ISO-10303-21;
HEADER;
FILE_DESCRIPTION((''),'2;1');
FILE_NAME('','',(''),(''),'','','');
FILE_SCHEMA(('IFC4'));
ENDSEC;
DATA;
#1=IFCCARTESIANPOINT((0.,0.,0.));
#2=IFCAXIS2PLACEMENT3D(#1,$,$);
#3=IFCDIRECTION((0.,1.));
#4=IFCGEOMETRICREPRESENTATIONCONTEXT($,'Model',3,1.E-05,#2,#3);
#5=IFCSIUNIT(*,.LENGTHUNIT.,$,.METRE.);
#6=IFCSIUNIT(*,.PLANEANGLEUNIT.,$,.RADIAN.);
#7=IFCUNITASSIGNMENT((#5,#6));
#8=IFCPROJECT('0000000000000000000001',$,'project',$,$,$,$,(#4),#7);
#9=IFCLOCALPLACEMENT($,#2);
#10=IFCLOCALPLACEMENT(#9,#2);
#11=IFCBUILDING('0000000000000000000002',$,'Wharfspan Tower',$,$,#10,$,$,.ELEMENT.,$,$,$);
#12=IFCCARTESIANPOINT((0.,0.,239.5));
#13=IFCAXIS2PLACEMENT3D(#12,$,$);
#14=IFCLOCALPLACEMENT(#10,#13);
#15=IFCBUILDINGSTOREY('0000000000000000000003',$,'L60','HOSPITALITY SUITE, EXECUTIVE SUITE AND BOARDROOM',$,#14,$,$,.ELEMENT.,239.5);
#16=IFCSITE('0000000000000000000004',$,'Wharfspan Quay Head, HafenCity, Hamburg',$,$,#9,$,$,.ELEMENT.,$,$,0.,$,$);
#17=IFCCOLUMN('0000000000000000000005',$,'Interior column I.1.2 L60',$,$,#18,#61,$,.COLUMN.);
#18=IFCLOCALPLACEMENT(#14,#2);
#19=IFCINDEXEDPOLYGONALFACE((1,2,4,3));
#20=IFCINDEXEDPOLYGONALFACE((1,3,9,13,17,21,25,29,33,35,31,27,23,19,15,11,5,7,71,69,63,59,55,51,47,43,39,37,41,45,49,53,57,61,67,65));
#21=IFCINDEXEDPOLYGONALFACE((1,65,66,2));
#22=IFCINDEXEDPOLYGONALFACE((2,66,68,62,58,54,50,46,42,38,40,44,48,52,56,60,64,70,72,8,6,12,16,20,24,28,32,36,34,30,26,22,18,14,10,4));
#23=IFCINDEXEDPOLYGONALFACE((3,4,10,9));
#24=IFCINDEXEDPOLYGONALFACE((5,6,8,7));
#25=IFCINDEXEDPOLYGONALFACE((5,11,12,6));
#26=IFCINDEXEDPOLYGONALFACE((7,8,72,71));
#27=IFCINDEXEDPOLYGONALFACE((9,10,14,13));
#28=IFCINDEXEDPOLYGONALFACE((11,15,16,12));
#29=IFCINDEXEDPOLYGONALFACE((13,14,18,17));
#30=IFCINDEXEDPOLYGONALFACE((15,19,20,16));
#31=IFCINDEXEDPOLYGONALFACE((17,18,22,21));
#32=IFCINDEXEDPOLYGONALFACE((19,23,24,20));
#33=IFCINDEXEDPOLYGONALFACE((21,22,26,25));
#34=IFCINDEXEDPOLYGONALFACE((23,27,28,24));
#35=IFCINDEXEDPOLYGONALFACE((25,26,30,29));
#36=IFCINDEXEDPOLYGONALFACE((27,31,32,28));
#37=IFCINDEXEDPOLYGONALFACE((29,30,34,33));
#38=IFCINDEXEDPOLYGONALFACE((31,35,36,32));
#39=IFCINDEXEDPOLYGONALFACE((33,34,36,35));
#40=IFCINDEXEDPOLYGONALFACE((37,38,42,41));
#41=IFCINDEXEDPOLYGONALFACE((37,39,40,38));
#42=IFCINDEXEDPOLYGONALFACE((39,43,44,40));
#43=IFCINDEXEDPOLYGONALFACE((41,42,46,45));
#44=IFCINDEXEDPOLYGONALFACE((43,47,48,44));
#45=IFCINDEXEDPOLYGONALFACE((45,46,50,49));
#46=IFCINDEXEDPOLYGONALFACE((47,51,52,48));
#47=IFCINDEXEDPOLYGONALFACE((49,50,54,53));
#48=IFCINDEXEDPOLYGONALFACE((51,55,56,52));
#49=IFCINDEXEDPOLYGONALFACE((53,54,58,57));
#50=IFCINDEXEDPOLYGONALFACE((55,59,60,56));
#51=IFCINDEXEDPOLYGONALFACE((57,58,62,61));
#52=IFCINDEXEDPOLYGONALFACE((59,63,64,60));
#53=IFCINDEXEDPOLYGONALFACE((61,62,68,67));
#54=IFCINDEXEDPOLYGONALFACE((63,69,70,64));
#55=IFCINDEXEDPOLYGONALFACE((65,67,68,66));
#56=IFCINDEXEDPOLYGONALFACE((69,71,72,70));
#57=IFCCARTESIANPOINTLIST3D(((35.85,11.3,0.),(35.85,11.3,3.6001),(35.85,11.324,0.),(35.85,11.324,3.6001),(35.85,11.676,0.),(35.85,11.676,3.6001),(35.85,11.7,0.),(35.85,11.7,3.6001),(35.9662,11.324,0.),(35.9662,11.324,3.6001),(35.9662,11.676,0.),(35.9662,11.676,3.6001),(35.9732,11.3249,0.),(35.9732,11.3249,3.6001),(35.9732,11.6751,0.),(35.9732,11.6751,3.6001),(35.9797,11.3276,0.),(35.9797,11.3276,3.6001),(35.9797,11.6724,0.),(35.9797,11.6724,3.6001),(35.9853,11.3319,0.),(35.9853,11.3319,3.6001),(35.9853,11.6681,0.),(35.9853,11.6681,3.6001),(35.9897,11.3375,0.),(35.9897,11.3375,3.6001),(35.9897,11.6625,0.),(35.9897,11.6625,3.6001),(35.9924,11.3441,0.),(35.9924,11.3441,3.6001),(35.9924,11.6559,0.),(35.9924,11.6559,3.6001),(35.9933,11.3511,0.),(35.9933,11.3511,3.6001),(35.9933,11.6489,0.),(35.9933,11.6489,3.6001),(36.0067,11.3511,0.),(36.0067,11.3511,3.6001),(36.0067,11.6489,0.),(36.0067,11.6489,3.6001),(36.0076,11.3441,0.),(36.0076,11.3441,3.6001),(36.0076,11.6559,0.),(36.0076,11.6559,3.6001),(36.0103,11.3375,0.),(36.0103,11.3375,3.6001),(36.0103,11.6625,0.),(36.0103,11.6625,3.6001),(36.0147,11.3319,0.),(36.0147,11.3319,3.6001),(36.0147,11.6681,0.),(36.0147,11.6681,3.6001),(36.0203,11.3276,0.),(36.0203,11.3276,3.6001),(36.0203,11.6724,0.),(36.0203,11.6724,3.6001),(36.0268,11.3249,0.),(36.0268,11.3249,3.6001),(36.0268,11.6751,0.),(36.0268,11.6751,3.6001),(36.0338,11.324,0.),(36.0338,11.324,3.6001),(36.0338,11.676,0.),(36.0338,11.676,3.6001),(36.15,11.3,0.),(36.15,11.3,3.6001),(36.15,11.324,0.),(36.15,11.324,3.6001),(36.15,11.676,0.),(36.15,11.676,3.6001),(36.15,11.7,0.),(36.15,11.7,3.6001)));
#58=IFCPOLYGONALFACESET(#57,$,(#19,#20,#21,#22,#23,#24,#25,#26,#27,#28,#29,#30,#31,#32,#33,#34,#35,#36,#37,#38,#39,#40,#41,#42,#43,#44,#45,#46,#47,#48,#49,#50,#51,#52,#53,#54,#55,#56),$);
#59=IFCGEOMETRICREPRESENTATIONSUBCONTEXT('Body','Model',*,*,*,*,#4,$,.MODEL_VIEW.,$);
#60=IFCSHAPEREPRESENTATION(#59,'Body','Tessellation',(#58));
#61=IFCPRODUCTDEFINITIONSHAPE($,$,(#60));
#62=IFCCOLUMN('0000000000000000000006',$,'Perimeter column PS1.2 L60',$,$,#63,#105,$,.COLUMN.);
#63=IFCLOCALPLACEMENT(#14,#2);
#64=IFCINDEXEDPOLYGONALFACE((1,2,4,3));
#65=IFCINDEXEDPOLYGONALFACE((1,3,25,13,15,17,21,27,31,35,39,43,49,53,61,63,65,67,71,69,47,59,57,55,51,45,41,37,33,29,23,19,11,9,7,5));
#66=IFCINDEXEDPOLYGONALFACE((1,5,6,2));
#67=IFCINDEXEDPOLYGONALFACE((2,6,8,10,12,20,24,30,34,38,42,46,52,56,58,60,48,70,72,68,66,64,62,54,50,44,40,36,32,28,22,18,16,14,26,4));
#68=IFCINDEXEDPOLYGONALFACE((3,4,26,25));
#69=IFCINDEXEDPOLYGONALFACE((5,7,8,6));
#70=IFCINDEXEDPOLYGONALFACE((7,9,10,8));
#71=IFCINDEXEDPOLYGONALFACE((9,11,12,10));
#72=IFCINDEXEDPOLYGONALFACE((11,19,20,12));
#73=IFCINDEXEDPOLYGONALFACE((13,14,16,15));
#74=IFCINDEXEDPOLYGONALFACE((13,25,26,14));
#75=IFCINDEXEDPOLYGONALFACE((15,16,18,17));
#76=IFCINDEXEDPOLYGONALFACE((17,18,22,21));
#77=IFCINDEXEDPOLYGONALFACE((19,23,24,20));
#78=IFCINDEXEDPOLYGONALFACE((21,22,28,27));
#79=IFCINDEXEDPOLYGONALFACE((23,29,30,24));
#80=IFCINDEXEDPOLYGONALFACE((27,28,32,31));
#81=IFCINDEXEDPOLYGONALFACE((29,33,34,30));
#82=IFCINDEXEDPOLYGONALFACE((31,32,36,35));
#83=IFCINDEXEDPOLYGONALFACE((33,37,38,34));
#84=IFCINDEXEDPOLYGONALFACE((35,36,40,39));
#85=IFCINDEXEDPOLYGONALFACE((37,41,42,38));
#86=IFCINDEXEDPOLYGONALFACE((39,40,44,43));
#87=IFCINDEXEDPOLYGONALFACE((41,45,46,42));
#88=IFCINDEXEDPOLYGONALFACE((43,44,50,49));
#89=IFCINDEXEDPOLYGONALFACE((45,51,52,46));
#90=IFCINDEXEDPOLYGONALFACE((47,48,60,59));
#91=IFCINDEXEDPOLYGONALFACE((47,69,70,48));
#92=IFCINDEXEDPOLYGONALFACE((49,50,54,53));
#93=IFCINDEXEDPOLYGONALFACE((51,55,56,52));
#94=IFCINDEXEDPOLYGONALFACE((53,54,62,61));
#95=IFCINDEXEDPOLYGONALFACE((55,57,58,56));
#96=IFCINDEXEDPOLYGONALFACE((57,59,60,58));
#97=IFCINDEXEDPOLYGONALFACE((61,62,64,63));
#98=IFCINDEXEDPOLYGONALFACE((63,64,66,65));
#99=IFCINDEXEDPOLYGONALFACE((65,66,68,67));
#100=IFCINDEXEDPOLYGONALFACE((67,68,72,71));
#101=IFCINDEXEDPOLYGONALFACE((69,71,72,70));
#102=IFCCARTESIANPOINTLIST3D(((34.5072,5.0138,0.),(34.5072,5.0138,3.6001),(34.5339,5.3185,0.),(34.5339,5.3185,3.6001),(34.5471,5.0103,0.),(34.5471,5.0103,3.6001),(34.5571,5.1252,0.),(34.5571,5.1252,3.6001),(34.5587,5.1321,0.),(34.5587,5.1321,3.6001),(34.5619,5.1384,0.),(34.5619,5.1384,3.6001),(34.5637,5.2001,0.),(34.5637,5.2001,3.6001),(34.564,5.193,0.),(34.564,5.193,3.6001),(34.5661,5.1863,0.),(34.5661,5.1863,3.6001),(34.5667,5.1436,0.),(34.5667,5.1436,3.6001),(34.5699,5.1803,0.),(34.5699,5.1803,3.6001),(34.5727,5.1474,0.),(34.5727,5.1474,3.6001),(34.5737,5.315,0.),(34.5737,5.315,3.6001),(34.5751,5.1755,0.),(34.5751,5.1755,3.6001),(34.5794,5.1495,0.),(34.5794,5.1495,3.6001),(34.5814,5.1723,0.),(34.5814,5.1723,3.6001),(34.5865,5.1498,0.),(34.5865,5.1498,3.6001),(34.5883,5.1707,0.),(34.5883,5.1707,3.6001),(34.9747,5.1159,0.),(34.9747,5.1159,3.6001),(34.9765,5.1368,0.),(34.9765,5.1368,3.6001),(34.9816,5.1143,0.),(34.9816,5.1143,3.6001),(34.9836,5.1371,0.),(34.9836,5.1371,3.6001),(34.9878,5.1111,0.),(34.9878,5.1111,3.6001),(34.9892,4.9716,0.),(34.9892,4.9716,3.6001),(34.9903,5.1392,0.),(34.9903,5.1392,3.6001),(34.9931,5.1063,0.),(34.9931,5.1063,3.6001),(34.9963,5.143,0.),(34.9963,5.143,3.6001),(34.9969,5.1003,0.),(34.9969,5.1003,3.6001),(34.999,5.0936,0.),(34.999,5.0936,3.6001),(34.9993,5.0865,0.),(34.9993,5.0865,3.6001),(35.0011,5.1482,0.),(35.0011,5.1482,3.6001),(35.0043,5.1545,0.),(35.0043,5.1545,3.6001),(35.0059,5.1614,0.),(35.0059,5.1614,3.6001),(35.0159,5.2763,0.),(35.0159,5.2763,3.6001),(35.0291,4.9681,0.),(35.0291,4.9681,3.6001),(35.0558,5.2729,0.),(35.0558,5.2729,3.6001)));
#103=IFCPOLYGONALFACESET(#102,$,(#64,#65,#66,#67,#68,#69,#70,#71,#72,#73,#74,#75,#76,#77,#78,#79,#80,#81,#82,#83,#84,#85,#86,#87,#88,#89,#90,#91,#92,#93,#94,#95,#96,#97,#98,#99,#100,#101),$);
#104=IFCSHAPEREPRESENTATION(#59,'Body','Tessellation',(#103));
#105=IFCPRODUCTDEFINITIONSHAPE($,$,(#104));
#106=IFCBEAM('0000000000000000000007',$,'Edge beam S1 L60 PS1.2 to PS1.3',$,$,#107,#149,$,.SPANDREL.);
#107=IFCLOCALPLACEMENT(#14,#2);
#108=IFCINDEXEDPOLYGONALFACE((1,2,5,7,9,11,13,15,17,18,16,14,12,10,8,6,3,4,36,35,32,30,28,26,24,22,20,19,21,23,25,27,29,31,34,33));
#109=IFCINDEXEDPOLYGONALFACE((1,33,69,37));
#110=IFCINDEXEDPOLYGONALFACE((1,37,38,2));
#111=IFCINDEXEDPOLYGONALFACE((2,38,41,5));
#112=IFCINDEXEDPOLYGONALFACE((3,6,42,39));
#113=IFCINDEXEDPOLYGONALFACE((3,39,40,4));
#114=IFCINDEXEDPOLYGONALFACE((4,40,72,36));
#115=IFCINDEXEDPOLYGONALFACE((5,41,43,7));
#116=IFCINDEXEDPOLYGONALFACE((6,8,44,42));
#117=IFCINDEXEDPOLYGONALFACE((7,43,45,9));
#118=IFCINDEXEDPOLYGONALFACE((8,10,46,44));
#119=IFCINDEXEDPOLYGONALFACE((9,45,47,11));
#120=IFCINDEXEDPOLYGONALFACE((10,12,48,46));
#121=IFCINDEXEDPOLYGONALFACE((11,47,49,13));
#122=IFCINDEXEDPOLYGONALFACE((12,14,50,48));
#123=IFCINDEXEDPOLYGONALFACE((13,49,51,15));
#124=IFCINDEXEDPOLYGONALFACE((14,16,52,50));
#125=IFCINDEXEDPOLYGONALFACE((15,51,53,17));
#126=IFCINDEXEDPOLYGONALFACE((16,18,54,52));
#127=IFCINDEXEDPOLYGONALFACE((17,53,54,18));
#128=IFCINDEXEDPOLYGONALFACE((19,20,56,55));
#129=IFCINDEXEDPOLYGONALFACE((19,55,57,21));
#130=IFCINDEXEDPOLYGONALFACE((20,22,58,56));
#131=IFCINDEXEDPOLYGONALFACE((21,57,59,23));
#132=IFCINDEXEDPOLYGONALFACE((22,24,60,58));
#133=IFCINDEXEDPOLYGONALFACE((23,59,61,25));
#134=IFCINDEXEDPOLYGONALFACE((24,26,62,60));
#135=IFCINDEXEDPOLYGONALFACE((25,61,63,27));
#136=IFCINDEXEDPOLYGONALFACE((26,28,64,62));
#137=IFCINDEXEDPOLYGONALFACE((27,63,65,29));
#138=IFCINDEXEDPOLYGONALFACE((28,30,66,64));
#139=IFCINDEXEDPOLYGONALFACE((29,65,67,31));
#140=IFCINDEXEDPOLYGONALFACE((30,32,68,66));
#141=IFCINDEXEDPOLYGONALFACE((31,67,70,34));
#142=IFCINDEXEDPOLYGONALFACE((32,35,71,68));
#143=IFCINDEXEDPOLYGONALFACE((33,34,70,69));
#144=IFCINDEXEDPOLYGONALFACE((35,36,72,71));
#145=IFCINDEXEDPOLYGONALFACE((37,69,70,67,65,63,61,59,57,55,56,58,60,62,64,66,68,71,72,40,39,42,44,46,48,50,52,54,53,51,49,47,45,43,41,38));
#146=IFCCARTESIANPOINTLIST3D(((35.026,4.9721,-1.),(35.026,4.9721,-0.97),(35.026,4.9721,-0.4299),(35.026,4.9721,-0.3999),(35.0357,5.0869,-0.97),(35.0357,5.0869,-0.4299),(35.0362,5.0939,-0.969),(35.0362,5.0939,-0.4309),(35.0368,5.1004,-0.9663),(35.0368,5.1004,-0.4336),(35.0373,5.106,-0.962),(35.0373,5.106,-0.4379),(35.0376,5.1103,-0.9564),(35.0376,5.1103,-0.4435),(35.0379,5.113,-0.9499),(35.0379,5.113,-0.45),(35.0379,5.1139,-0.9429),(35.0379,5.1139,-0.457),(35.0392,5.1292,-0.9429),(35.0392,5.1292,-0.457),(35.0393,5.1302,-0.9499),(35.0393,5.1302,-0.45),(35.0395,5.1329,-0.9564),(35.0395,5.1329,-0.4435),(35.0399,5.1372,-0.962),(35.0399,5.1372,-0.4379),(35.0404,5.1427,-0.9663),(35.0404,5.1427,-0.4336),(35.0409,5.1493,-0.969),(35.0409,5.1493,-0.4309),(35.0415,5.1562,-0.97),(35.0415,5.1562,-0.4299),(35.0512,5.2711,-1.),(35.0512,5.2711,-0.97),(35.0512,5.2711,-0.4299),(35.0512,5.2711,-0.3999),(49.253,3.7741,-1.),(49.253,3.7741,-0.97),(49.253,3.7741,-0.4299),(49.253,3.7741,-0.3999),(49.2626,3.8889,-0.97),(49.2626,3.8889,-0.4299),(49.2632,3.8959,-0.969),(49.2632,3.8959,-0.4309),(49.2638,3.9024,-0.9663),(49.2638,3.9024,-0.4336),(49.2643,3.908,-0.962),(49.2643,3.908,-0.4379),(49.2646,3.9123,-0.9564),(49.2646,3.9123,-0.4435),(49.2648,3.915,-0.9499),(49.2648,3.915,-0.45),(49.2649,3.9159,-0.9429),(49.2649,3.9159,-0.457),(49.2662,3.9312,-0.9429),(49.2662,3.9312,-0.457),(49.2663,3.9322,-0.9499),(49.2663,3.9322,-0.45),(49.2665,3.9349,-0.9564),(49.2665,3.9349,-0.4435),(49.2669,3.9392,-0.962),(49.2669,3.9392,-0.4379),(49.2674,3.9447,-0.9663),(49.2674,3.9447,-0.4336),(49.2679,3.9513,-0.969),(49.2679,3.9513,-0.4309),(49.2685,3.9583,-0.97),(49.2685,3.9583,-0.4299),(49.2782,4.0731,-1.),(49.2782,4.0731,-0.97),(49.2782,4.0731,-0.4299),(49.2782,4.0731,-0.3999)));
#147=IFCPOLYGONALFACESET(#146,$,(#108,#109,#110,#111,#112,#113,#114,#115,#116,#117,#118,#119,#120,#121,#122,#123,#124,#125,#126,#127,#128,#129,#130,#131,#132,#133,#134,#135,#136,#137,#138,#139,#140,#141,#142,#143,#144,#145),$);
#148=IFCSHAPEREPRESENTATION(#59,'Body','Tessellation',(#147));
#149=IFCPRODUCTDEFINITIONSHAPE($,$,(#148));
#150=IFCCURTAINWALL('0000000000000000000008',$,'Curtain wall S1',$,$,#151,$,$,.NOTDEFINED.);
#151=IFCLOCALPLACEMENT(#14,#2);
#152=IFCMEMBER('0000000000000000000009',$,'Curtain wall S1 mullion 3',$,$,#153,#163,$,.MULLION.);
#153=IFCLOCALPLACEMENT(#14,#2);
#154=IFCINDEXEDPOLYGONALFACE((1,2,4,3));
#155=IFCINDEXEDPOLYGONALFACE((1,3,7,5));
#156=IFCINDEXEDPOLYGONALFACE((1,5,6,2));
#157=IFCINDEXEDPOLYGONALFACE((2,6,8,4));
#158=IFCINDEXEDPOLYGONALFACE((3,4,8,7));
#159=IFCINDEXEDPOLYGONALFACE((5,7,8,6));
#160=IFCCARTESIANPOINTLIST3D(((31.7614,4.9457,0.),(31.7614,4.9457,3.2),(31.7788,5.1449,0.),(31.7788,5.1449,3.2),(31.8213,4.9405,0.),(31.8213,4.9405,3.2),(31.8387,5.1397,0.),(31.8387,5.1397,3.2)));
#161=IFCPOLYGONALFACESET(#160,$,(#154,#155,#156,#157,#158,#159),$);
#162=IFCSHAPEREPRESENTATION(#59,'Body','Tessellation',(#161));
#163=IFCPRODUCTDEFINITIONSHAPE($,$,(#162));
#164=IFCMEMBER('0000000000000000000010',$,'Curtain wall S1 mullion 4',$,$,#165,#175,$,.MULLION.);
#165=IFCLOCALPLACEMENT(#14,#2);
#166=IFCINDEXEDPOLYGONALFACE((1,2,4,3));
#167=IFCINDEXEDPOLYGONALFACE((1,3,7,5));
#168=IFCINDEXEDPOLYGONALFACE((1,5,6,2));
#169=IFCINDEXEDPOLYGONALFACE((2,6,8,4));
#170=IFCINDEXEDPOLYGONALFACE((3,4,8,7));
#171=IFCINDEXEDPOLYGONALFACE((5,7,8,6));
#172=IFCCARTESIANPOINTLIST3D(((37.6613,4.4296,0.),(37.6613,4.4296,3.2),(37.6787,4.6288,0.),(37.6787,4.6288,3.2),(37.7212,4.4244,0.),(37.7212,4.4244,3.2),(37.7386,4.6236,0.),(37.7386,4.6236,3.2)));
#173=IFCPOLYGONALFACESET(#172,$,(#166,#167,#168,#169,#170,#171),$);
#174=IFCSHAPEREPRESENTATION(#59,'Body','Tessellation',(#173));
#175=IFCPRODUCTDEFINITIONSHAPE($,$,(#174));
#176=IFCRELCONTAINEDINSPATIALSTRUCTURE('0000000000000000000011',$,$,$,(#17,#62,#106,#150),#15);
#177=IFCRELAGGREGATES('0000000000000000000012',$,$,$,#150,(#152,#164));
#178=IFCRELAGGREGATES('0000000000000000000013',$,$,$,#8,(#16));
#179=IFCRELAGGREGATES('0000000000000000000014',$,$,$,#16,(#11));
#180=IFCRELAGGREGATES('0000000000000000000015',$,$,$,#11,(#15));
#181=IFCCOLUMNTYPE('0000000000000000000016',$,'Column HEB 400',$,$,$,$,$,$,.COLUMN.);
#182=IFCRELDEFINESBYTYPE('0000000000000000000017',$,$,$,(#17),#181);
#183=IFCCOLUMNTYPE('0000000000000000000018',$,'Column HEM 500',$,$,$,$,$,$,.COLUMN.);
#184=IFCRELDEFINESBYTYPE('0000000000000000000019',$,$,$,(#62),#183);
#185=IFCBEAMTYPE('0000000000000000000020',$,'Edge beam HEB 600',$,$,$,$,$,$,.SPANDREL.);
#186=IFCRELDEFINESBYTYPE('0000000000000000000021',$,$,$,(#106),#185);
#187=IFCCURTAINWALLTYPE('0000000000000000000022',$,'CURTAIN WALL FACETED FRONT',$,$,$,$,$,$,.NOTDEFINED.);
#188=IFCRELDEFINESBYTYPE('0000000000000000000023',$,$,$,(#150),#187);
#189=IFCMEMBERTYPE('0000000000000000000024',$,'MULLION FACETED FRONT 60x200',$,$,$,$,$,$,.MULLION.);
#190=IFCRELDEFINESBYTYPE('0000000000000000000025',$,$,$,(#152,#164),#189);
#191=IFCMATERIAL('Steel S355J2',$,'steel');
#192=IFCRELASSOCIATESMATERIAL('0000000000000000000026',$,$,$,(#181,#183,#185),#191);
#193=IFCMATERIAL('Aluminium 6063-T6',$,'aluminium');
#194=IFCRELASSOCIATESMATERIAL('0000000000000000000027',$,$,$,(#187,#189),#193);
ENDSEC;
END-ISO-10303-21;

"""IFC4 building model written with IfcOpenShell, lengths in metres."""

from ifc_helpers import new_model, si_unit, direction, frame, origin, origin_2d, place, context, subcontext, project, spatial, rectangle, i_section, extrude, material, material_profile, profile_set, type_object, element, aggregate, save


model = new_model("IFC4")

# Units and contexts
model_context = context("Model", 3, precision=1e-05, world=origin(), true_north=direction((0.0, 1.0)))
body_context = subcontext(model_context, "Body", "Model", "MODEL_VIEW")
ifc_project = project(units=[si_unit("LENGTHUNIT", "METRE"), si_unit("PLANEANGLEUNIT", "RADIAN")], contexts=[model_context])

# Site, building, storey
site_placement = place(None, origin())
site = spatial("IfcSite", under=ifc_project, at=site_placement, Name="Wharfspan Quay Head, HafenCity, Hamburg", CompositionType="ELEMENT", RefElevation=0.0)
building_placement = place(site_placement, origin())
building = spatial("IfcBuilding", under=site, at=building_placement, Name="Wharfspan Tower", CompositionType="ELEMENT")
storey_placement = place(building_placement, frame((0.0, 0.0, 239.5)))
storey = spatial("IfcBuildingStorey", under=building, at=storey_placement, Name="L60", Description="HOSPITALITY SUITE, EXECUTIVE SUITE AND BOARDROOM", CompositionType="ELEMENT", Elevation=239.5)

# Columns
ifc_material_1 = material(Name="Steel S355J2", Category="steel")
ifc_material_profile_1 = material_profile(ifc_material_1, i_section(OverallWidth=0.3, OverallDepth=0.3999, WebThickness=0.0134, FlangeThickness=0.0239, FilletRadius=0.0271, at=origin_2d()))
ifc_profile_set_1 = profile_set([ifc_material_profile_1], Name="Steel S355J2")
column_type_1 = type_object("IfcColumnType", Name="Column HEB 400", PredefinedType="COLUMN", material=ifc_profile_set_1)
column_1_placement = place(storey_placement, frame((36.0, 11.5, 0.0), z_axis=(0.0, 0.0, 1.0), x_axis=(1.0, 0.0, 0.0)))
element("IfcColumn", 1, at=column_1_placement, inside=storey, type_object=column_type_1, Name="Interior column I.1.2 L60", PredefinedType="COLUMN", context=body_context, shape_type="SweptSolid", body=[
    extrude(i_section(OverallWidth=0.3, OverallDepth=0.3999, WebThickness=0.0134, FlangeThickness=0.0239, FilletRadius=0.0271, at=origin_2d()), origin(), (0.0, 0.0, 1.0), 3.6001),
])
ifc_material_profile_2 = material_profile(ifc_material_1, i_section(OverallWidth=0.3059, OverallDepth=0.5239, WebThickness=0.021, FlangeThickness=0.04, FilletRadius=0.0271, at=origin_2d()))
ifc_profile_set_2 = profile_set([ifc_material_profile_2], Name="Steel S355J2")
column_type_2 = type_object("IfcColumnType", Name="Column HEM 500", PredefinedType="COLUMN", material=ifc_profile_set_2)
column_2_placement = place(storey_placement, frame((34.7815, 5.1433, 0.0), z_axis=(0.0, 0.0, 1.0), x_axis=(-0.087156, -0.996197, 0.0)))
element("IfcColumn", 2, at=column_2_placement, inside=storey, type_object=column_type_2, Name="Perimeter column PS1.2 L60", PredefinedType="COLUMN", context=body_context, shape_type="SweptSolid", body=[
    extrude(i_section(OverallWidth=0.3059, OverallDepth=0.5239, WebThickness=0.021, FlangeThickness=0.04, FilletRadius=0.0271, at=origin_2d()), origin(), (0.0, 0.0, 1.0), 3.6001),
])

# Beam
ifc_material_profile_3 = material_profile(ifc_material_1, i_section(OverallWidth=0.3, OverallDepth=0.6001, WebThickness=0.0154, FlangeThickness=0.03, FilletRadius=0.0271, at=origin_2d()))
ifc_profile_set_3 = profile_set([ifc_material_profile_3], Name="Steel S355J2")
beam_type = type_object("IfcBeamType", Name="Edge beam HEB 600", PredefinedType="SPANDREL", material=ifc_profile_set_3)
beam_placement = place(storey_placement, frame((35.0386, 5.1216, -0.7), z_axis=(0.996473, -0.083909, 0.0), x_axis=(0.083909, 0.996473, 0.0)))
element("IfcBeam", 3, at=beam_placement, inside=storey, type_object=beam_type, Name="Edge beam S1 L60 PS1.2 to PS1.3", PredefinedType="SPANDREL", context=body_context, shape_type="SweptSolid", body=[
    extrude(i_section(OverallWidth=0.3, OverallDepth=0.6001, WebThickness=0.0154, FlangeThickness=0.03, FilletRadius=0.0271, at=origin_2d()), origin(), (0.0, 0.0, 1.0), 14.2773),
])

# Curtain wall, members
ifc_material_2 = material(Name="Aluminium 6063-T6", Category="aluminium")
curtain_wall_type = type_object("IfcCurtainWallType", Name="CURTAIN WALL FACETED FRONT", PredefinedType="NOTDEFINED", material=ifc_material_2)
curtain_wall_placement = place(storey_placement, origin())
curtain_wall = element("IfcCurtainWall", 4, at=curtain_wall_placement, inside=storey, type_object=curtain_wall_type, Name="Curtain wall S1", PredefinedType="NOTDEFINED")
ifc_material_profile_4 = material_profile(ifc_material_2, rectangle(XDim=0.2, YDim=0.0601, at=origin_2d()))
ifc_profile_set_4 = profile_set([ifc_material_profile_4], Name="Aluminium 6063-T6")
member_type_1 = type_object("IfcMemberType", Name="MULLION FACETED FRONT 60x200", PredefinedType="MULLION", material=ifc_profile_set_4)
member_1_placement = place(storey_placement, frame((31.8, 5.0427, 0.0), z_axis=(0.0, 0.0, 1.0), x_axis=(0.087156, 0.996197, 0.0)))
member_1 = element("IfcMember", 5, at=member_1_placement, type_object=member_type_1, Name="Curtain wall S1 mullion 3", PredefinedType="MULLION", context=body_context, shape_type="SweptSolid", body=[
    extrude(rectangle(XDim=0.2, YDim=0.0601, at=origin_2d()), origin(), (0.0, 0.0, 1.0), 3.2),
])
member_2_placement = place(storey_placement, frame((37.7, 4.5266, 0.0), z_axis=(0.0, 0.0, 1.0), x_axis=(0.087156, 0.996197, 0.0)))
member_2 = element("IfcMember", 6, at=member_2_placement, type_object=member_type_1, Name="Curtain wall S1 mullion 4", PredefinedType="MULLION", context=body_context, shape_type="SweptSolid", body=[
    extrude(rectangle(XDim=0.2, YDim=0.0601, at=origin_2d()), origin(), (0.0, 0.0, 1.0), 3.2),
])

aggregate(curtain_wall, [member_1, member_2])

save(model, "model.ifc")
